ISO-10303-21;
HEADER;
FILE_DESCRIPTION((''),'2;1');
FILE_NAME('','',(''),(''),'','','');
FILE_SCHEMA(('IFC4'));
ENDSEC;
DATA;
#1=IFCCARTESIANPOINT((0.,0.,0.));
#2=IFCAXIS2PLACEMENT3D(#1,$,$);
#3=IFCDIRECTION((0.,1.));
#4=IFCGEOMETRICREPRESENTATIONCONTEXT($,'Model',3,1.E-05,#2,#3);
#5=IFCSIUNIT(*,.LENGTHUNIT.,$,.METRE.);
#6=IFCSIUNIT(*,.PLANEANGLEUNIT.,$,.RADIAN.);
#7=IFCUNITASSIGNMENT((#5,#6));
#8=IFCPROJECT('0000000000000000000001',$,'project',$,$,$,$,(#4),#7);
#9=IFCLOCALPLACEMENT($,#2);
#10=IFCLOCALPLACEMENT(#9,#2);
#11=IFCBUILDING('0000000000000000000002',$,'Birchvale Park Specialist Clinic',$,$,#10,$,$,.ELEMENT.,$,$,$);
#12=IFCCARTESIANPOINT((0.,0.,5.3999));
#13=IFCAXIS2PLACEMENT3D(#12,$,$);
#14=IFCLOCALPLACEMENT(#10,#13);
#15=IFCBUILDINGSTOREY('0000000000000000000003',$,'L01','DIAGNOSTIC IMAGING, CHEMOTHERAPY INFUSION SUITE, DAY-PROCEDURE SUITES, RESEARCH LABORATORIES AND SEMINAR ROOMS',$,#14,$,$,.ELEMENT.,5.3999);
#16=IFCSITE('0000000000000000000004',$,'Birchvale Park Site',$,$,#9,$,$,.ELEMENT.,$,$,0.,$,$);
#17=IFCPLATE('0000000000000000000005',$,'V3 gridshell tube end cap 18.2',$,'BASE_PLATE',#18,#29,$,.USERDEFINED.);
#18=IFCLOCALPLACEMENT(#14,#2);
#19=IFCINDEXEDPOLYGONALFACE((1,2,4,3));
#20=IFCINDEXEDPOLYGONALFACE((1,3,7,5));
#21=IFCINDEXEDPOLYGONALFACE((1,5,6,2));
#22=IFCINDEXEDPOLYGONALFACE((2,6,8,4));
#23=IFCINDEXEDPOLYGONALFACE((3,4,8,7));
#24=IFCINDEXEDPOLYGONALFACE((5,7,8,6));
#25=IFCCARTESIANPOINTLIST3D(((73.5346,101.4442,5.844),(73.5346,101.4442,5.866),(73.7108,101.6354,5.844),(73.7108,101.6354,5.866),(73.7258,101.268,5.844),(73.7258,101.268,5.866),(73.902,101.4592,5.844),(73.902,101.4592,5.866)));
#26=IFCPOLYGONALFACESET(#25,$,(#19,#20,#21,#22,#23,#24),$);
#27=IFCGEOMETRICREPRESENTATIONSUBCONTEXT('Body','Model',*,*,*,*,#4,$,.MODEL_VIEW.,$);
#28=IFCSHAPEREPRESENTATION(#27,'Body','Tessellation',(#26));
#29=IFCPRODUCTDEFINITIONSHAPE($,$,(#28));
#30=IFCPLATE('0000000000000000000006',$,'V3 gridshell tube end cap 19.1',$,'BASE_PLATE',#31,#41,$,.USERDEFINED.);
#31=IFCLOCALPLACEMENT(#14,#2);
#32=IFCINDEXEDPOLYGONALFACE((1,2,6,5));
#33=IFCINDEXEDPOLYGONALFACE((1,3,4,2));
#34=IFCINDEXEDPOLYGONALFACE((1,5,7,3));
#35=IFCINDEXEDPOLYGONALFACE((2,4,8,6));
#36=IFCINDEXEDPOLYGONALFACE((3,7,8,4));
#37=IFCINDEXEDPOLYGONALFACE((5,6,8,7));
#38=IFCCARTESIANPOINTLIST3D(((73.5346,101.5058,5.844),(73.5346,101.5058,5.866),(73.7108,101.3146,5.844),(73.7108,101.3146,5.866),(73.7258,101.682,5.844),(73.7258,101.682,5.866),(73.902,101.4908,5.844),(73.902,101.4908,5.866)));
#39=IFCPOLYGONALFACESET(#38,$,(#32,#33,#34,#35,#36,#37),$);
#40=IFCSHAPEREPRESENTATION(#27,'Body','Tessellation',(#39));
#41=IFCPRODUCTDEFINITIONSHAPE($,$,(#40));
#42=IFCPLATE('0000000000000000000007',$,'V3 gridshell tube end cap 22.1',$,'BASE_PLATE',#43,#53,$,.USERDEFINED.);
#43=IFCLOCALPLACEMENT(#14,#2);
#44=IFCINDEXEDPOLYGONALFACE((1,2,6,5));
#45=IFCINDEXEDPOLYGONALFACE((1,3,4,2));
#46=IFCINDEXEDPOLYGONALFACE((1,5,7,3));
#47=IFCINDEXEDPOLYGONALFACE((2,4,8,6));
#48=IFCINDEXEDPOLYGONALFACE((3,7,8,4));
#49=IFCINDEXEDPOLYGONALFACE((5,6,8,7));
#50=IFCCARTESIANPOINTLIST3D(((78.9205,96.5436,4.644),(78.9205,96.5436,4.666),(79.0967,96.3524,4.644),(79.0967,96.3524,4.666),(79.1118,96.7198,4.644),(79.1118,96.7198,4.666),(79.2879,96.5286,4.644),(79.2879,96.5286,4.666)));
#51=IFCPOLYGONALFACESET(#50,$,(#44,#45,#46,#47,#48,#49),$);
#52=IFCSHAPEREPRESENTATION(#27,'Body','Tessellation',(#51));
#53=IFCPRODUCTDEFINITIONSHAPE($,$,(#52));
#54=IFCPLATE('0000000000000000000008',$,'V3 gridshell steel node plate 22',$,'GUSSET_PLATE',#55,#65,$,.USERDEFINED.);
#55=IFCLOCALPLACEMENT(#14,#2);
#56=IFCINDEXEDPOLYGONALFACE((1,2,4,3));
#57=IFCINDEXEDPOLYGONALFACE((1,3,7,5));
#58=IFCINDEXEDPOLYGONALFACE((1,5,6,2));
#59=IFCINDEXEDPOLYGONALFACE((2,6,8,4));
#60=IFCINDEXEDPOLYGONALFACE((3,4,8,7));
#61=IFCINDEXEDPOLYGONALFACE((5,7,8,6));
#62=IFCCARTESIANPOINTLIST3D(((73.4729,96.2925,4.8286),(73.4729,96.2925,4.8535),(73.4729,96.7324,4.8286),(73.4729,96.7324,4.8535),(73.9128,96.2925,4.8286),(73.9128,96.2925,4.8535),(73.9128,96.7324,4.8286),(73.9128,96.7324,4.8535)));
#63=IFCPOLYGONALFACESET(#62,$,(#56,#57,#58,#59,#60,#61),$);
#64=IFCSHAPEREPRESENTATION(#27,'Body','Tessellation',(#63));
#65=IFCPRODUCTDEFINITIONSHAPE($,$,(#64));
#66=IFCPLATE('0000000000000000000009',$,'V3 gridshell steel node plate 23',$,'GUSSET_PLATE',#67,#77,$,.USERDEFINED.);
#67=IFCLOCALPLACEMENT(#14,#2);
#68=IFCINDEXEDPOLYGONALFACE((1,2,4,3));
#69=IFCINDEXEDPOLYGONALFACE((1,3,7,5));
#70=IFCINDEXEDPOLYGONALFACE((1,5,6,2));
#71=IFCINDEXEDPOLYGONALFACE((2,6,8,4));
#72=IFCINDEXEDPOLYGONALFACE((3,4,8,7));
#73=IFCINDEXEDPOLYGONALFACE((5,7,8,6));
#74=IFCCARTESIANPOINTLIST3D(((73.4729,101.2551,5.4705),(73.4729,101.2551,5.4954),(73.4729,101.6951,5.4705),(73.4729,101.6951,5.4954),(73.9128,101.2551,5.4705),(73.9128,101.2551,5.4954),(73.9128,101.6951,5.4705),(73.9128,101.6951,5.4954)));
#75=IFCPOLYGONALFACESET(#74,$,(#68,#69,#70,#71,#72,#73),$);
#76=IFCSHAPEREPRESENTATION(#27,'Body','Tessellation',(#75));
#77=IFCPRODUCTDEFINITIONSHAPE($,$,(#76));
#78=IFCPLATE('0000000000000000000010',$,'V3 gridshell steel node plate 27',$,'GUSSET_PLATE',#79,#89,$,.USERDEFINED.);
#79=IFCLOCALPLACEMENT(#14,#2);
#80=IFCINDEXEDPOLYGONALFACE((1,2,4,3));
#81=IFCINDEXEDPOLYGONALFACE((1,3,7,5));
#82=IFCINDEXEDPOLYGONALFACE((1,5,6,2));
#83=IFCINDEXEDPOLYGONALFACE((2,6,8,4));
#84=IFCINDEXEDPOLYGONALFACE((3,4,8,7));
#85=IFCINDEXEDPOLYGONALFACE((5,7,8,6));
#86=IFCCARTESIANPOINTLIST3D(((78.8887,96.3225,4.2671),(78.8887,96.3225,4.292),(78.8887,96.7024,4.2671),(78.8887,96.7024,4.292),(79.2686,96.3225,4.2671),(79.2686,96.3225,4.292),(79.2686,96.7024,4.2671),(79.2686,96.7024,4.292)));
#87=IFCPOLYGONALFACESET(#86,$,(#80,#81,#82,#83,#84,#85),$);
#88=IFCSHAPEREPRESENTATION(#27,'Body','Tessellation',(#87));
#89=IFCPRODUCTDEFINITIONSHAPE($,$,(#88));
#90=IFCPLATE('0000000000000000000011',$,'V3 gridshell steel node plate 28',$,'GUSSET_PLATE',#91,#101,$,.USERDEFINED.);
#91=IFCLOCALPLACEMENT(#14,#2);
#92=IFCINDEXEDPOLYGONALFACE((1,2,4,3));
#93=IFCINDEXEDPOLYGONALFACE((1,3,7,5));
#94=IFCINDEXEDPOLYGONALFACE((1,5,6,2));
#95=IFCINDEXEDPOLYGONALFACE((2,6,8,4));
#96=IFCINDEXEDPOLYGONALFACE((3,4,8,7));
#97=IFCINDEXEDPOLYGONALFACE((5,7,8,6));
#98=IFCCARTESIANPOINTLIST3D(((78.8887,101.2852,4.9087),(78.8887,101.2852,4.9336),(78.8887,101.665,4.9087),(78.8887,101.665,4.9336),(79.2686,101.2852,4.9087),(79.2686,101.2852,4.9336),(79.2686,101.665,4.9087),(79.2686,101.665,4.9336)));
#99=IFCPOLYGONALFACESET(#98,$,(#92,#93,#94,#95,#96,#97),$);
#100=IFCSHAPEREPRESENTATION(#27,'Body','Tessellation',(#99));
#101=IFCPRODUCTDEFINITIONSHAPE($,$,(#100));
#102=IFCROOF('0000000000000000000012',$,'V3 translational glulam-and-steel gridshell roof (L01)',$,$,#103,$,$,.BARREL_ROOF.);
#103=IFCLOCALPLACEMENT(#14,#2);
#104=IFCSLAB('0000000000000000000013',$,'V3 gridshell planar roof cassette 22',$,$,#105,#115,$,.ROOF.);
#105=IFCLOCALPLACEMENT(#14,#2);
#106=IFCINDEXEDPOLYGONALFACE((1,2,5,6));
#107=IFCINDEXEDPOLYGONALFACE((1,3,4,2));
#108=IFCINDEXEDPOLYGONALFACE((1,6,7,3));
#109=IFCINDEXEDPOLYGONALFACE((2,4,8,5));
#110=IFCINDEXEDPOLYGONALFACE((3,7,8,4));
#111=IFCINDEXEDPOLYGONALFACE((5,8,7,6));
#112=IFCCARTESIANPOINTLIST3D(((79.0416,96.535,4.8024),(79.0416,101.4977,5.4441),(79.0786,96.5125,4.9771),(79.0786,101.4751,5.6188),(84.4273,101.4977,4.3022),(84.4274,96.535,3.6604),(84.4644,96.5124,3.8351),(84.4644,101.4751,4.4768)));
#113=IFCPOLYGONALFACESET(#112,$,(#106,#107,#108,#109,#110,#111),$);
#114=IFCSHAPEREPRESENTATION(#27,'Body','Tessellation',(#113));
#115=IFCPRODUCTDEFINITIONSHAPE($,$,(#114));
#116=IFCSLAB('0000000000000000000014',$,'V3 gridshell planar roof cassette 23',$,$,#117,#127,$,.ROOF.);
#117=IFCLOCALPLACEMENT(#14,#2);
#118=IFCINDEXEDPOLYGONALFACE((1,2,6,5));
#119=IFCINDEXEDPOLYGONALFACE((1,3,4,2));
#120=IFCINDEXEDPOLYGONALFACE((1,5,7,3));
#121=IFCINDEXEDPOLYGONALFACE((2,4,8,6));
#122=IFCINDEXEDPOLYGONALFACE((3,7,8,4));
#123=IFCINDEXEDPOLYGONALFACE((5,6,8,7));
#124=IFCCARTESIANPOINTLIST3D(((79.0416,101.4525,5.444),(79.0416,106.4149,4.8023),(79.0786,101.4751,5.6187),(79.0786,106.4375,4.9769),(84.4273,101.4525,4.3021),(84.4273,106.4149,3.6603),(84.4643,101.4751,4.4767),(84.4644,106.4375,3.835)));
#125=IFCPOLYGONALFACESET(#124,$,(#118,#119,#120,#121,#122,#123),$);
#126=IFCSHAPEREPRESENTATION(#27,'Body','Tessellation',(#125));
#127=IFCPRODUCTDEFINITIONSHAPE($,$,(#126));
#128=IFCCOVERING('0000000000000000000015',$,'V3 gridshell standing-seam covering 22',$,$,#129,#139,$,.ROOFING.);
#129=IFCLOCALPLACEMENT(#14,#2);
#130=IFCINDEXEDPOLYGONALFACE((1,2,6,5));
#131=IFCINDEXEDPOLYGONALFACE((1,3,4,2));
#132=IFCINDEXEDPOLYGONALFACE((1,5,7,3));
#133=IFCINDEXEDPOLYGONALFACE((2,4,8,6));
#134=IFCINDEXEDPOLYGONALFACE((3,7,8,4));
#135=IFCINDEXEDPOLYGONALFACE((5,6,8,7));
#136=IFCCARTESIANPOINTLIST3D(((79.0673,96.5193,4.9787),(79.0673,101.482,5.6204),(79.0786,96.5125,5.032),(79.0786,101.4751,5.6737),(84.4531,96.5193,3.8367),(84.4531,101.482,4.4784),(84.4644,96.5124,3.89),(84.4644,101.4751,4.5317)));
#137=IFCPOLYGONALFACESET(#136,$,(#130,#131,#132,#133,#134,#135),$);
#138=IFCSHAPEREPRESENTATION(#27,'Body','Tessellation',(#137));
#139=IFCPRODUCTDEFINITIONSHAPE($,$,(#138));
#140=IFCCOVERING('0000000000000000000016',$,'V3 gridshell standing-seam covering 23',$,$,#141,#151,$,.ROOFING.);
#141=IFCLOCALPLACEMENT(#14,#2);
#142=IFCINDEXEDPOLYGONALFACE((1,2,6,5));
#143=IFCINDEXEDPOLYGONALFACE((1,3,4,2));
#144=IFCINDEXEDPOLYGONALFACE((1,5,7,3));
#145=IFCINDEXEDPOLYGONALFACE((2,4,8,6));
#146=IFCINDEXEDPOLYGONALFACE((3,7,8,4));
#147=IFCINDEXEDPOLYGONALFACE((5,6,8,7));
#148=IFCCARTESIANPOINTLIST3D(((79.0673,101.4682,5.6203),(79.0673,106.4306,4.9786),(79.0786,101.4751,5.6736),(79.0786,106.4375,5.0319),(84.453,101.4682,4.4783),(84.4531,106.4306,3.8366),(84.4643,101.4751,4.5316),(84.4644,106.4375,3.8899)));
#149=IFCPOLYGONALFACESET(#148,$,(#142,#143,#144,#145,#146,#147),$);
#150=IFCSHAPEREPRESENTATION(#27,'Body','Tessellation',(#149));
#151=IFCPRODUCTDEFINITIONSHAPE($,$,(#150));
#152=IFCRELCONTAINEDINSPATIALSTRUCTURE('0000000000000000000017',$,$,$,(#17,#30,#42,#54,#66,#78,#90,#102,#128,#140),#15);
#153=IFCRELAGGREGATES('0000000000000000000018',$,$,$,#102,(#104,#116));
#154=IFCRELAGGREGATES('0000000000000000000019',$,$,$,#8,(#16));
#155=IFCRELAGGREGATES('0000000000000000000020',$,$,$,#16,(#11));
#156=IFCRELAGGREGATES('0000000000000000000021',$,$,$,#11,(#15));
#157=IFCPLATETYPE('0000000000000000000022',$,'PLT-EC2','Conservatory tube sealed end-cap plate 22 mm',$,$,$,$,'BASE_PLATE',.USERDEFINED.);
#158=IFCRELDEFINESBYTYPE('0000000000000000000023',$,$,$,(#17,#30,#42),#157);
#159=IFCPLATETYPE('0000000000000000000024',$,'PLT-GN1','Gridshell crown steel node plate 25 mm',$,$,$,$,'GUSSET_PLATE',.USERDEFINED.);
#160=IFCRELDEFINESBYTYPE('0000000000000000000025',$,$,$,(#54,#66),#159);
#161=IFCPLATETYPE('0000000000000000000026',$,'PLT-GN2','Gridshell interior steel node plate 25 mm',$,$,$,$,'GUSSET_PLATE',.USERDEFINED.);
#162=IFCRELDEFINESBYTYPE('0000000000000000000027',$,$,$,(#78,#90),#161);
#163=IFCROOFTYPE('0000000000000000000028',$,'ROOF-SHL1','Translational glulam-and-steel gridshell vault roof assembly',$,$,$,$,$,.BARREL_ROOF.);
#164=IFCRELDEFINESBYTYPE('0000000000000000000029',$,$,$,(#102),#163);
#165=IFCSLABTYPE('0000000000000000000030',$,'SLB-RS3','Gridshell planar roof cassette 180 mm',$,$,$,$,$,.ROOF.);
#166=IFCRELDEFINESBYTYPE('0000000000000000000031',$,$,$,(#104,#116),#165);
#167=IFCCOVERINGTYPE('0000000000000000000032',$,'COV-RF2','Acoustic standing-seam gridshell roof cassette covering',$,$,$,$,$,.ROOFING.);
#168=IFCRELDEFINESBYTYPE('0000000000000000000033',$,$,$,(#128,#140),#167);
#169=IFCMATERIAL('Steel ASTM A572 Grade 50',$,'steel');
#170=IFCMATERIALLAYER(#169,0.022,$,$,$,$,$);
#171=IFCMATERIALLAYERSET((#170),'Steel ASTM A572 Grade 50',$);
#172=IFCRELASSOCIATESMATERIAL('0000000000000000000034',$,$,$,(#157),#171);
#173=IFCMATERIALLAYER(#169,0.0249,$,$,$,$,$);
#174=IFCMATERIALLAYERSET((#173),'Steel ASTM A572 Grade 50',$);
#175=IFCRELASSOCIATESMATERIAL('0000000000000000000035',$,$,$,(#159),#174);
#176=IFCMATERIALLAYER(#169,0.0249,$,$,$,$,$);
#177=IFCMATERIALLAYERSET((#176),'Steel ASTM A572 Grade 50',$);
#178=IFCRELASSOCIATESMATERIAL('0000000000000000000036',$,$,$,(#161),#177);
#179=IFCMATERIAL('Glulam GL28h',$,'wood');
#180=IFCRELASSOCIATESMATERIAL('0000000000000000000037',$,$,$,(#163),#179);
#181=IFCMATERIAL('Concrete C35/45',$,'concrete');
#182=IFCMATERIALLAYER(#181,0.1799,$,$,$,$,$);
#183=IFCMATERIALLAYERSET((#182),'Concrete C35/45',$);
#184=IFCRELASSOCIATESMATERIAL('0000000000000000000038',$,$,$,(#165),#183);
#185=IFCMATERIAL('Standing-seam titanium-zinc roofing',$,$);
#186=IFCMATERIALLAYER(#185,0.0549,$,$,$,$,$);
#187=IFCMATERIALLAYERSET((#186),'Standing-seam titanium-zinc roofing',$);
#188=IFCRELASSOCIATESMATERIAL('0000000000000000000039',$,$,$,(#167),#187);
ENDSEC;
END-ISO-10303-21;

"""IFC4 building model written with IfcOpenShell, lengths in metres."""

from ifc_helpers import new_model, si_unit, direction, frame, origin, origin_2d, place, context, subcontext, project, spatial, polyline, rectangle, outline, extrude, material, layer, layer_set, type_object, element, aggregate, save


model = new_model("IFC4")

# Units and contexts
model_context = context("Model", 3, precision=1e-05, world=origin(), true_north=direction((0.0, 1.0)))
body_context = subcontext(model_context, "Body", "Model", "MODEL_VIEW")
ifc_project = project(units=[si_unit("LENGTHUNIT", "METRE"), si_unit("PLANEANGLEUNIT", "RADIAN")], contexts=[model_context])

# Site, building, storey
site_placement = place(None, origin())
site = spatial("IfcSite", under=ifc_project, at=site_placement, Name="Birchvale Park Site", CompositionType="ELEMENT", RefElevation=0.0)
building_placement = place(site_placement, origin())
building = spatial("IfcBuilding", under=site, at=building_placement, Name="Birchvale Park Specialist Clinic", CompositionType="ELEMENT")
storey_placement = place(building_placement, frame((0.0, 0.0, 5.3999)))
storey = spatial("IfcBuildingStorey", under=building, at=storey_placement, Name="L01", Description="DIAGNOSTIC IMAGING, CHEMOTHERAPY INFUSION SUITE, DAY-PROCEDURE SUITES, RESEARCH LABORATORIES AND SEMINAR ROOMS", CompositionType="ELEMENT", Elevation=5.3999)

# Shared definitions
ifc_material_1 = material(Name="Glulam GL28h", Category="wood")

# Plates
ifc_material_2 = material(Name="Steel ASTM A572 Grade 50", Category="steel")
ifc_layer_1 = layer(ifc_material_2, 0.022)
ifc_layer_set_1 = layer_set([ifc_layer_1], Name="Steel ASTM A572 Grade 50")
plate_type_1 = type_object("IfcPlateType", Name="PLT-EC2", Description="Conservatory tube sealed end-cap plate 22 mm", ElementType="BASE_PLATE", PredefinedType="USERDEFINED", material=ifc_layer_set_1)
for number, where, z_axis, x_axis, name in (
    (1, (73.7183, 101.4517, 5.844), (0.0, 0.0, 1.0), (-0.735388, 0.677646, 0.0), "V3 gridshell tube end cap 18.2"),
    (2, (73.7183, 101.4983, 5.844), (0.0, 0.0, 1.0), (0.735388, 0.677646, 0.0), "V3 gridshell tube end cap 19.1"),
    (3, (79.1042, 96.5361, 4.644), (0.0, 0.0, 1.0), (0.735388, 0.677646, 0.0), "V3 gridshell tube end cap 22.1"),
):
    element("IfcPlate", number, at=place(storey_placement, frame(where, z_axis=z_axis, x_axis=x_axis)), inside=storey, type_object=plate_type_1, Name=name, ObjectType="BASE_PLATE", PredefinedType="USERDEFINED", context=body_context, shape_type="SweptSolid", body=[
        extrude(rectangle(XDim=0.26, YDim=0.26, at=origin_2d()), origin(), (0.0, 0.0, 1.0), 0.022),
    ])
ifc_layer_2 = layer(ifc_material_2, 0.0249)
ifc_layer_set_2 = layer_set([ifc_layer_2], Name="Steel ASTM A572 Grade 50")
plate_type_2 = type_object("IfcPlateType", Name="PLT-GN1", Description="Gridshell crown steel node plate 25 mm", ElementType="GUSSET_PLATE", PredefinedType="USERDEFINED", material=ifc_layer_set_2)
for number, where, z_axis, x_axis, name in (
    (4, (73.6929, 96.5125, 4.8286), (0.0, 0.0, 1.0), (1.0, 0.0, 0.0), "V3 gridshell steel node plate 22"),
    (5, (73.6929, 101.4751, 5.4705), (0.0, 0.0, 1.0), (1.0, 0.0, 0.0), "V3 gridshell steel node plate 23"),
):
    element("IfcPlate", number, at=place(storey_placement, frame(where, z_axis=z_axis, x_axis=x_axis)), inside=storey, type_object=plate_type_2, Name=name, ObjectType="GUSSET_PLATE", PredefinedType="USERDEFINED", context=body_context, shape_type="SweptSolid", body=[
        extrude(rectangle(XDim=0.4399, YDim=0.4399, at=origin_2d()), origin(), (0.0, 0.0, 1.0), 0.0249),
    ])
ifc_layer_3 = layer(ifc_material_2, 0.0249)
ifc_layer_set_3 = layer_set([ifc_layer_3], Name="Steel ASTM A572 Grade 50")
plate_type_3 = type_object("IfcPlateType", Name="PLT-GN2", Description="Gridshell interior steel node plate 25 mm", ElementType="GUSSET_PLATE", PredefinedType="USERDEFINED", material=ifc_layer_set_3)
for number, where, z_axis, x_axis, name in (
    (6, (79.0786, 96.5125, 4.2671), (0.0, 0.0, 1.0), (1.0, 0.0, 0.0), "V3 gridshell steel node plate 27"),
    (7, (79.0786, 101.4751, 4.9087), (0.0, 0.0, 1.0), (1.0, 0.0, 0.0), "V3 gridshell steel node plate 28"),
):
    element("IfcPlate", number, at=place(storey_placement, frame(where, z_axis=z_axis, x_axis=x_axis)), inside=storey, type_object=plate_type_3, Name=name, ObjectType="GUSSET_PLATE", PredefinedType="USERDEFINED", context=body_context, shape_type="SweptSolid", body=[
        extrude(rectangle(XDim=0.3799, YDim=0.3799, at=origin_2d()), origin(), (0.0, 0.0, 1.0), 0.0249),
    ])

# Roof, slabs
roof_type = type_object("IfcRoofType", Name="ROOF-SHL1", Description="Translational glulam-and-steel gridshell vault roof assembly", PredefinedType="BARREL_ROOF", material=ifc_material_1)
roof_placement = place(storey_placement, origin())
roof = element("IfcRoof", 8, at=roof_placement, inside=storey, type_object=roof_type, Name="V3 translational glulam-and-steel gridshell roof (L01)", PredefinedType="BARREL_ROOF")
ifc_material_3 = material(Name="Concrete C35/45", Category="concrete")
ifc_layer_4 = layer(ifc_material_3, 0.1799)
ifc_layer_set_4 = layer_set([ifc_layer_4], Name="Concrete C35/45")
slab_type = type_object("IfcSlabType", Name="SLB-RS3", Description="Gridshell planar roof cassette 180 mm", PredefinedType="ROOF", material=ifc_layer_set_4)
slab_1_placement = place(storey_placement, frame((79.0786, 96.5125, 4.9771), z_axis=(0.205784, -0.125498, 0.970517), x_axis=(0.978251, -0.000003, -0.207424)))
slab_1 = element("IfcSlab", 9, at=slab_1_placement, type_object=slab_type, Name="V3 gridshell planar roof cassette 22", PredefinedType="ROOF", context=body_context, shape_type="SweptSolid", body=[
    extrude(outline(polyline([(0.0, 0.0), (5.5055, 0.0), (5.3724, 5.0022), (-0.1331, 5.0022), (0.0, 0.0)])), origin(), (0.0, 0.0, -1.0), 0.1799),
])
slab_2_placement = place(storey_placement, frame((79.0786, 101.4751, 5.6187), z_axis=(0.205784, 0.125504, 0.970516), x_axis=(0.978251, -0.000003, -0.207424)))
slab_2 = element("IfcSlab", 10, at=slab_2_placement, type_object=slab_type, Name="V3 gridshell planar roof cassette 23", PredefinedType="ROOF", context=body_context, shape_type="SweptSolid", body=[
    extrude(outline(polyline([(0.0, 0.0), (5.5055, 0.0), (5.6386, 5.002), (0.1331, 5.0019), (0.0, 0.0)])), origin(), (0.0, 0.0, -1.0), 0.1799),
])
aggregate(roof, [slab_1, slab_2])

# Coverings
ifc_material_4 = material(Name="Standing-seam titanium-zinc roofing")
ifc_layer_5 = layer(ifc_material_4, 0.0549)
ifc_layer_set_5 = layer_set([ifc_layer_5], Name="Standing-seam titanium-zinc roofing")
covering_type = type_object("IfcCoveringType", Name="COV-RF2", Description="Acoustic standing-seam gridshell roof cassette covering", PredefinedType="ROOFING", material=ifc_layer_set_5)
covering_1_placement = place(storey_placement, frame((79.0786, 96.5125, 5.032), z_axis=(0.205784, -0.125498, 0.970517), x_axis=(0.978251, -0.000003, -0.207424)))
element("IfcCovering", 11, at=covering_1_placement, inside=storey, type_object=covering_type, Name="V3 gridshell standing-seam covering 22", PredefinedType="ROOFING", context=body_context, shape_type="SweptSolid", body=[
    extrude(outline(polyline([(0.0, 0.0), (5.5055, 0.0), (5.3724, 5.0022), (-0.1331, 5.0022), (0.0, 0.0)])), origin(), (0.0, 0.0, -1.0), 0.0549),
])
covering_2_placement = place(storey_placement, frame((79.0786, 101.4751, 5.6736), z_axis=(0.205784, 0.125504, 0.970516), x_axis=(0.978251, -0.000003, -0.207424)))
element("IfcCovering", 12, at=covering_2_placement, inside=storey, type_object=covering_type, Name="V3 gridshell standing-seam covering 23", PredefinedType="ROOFING", context=body_context, shape_type="SweptSolid", body=[
    extrude(outline(polyline([(0.0, 0.0), (5.5055, 0.0), (5.6386, 5.002), (0.1331, 5.0019), (0.0, 0.0)])), origin(), (0.0, 0.0, -1.0), 0.0549),
])

save(model, "model.ifc")
